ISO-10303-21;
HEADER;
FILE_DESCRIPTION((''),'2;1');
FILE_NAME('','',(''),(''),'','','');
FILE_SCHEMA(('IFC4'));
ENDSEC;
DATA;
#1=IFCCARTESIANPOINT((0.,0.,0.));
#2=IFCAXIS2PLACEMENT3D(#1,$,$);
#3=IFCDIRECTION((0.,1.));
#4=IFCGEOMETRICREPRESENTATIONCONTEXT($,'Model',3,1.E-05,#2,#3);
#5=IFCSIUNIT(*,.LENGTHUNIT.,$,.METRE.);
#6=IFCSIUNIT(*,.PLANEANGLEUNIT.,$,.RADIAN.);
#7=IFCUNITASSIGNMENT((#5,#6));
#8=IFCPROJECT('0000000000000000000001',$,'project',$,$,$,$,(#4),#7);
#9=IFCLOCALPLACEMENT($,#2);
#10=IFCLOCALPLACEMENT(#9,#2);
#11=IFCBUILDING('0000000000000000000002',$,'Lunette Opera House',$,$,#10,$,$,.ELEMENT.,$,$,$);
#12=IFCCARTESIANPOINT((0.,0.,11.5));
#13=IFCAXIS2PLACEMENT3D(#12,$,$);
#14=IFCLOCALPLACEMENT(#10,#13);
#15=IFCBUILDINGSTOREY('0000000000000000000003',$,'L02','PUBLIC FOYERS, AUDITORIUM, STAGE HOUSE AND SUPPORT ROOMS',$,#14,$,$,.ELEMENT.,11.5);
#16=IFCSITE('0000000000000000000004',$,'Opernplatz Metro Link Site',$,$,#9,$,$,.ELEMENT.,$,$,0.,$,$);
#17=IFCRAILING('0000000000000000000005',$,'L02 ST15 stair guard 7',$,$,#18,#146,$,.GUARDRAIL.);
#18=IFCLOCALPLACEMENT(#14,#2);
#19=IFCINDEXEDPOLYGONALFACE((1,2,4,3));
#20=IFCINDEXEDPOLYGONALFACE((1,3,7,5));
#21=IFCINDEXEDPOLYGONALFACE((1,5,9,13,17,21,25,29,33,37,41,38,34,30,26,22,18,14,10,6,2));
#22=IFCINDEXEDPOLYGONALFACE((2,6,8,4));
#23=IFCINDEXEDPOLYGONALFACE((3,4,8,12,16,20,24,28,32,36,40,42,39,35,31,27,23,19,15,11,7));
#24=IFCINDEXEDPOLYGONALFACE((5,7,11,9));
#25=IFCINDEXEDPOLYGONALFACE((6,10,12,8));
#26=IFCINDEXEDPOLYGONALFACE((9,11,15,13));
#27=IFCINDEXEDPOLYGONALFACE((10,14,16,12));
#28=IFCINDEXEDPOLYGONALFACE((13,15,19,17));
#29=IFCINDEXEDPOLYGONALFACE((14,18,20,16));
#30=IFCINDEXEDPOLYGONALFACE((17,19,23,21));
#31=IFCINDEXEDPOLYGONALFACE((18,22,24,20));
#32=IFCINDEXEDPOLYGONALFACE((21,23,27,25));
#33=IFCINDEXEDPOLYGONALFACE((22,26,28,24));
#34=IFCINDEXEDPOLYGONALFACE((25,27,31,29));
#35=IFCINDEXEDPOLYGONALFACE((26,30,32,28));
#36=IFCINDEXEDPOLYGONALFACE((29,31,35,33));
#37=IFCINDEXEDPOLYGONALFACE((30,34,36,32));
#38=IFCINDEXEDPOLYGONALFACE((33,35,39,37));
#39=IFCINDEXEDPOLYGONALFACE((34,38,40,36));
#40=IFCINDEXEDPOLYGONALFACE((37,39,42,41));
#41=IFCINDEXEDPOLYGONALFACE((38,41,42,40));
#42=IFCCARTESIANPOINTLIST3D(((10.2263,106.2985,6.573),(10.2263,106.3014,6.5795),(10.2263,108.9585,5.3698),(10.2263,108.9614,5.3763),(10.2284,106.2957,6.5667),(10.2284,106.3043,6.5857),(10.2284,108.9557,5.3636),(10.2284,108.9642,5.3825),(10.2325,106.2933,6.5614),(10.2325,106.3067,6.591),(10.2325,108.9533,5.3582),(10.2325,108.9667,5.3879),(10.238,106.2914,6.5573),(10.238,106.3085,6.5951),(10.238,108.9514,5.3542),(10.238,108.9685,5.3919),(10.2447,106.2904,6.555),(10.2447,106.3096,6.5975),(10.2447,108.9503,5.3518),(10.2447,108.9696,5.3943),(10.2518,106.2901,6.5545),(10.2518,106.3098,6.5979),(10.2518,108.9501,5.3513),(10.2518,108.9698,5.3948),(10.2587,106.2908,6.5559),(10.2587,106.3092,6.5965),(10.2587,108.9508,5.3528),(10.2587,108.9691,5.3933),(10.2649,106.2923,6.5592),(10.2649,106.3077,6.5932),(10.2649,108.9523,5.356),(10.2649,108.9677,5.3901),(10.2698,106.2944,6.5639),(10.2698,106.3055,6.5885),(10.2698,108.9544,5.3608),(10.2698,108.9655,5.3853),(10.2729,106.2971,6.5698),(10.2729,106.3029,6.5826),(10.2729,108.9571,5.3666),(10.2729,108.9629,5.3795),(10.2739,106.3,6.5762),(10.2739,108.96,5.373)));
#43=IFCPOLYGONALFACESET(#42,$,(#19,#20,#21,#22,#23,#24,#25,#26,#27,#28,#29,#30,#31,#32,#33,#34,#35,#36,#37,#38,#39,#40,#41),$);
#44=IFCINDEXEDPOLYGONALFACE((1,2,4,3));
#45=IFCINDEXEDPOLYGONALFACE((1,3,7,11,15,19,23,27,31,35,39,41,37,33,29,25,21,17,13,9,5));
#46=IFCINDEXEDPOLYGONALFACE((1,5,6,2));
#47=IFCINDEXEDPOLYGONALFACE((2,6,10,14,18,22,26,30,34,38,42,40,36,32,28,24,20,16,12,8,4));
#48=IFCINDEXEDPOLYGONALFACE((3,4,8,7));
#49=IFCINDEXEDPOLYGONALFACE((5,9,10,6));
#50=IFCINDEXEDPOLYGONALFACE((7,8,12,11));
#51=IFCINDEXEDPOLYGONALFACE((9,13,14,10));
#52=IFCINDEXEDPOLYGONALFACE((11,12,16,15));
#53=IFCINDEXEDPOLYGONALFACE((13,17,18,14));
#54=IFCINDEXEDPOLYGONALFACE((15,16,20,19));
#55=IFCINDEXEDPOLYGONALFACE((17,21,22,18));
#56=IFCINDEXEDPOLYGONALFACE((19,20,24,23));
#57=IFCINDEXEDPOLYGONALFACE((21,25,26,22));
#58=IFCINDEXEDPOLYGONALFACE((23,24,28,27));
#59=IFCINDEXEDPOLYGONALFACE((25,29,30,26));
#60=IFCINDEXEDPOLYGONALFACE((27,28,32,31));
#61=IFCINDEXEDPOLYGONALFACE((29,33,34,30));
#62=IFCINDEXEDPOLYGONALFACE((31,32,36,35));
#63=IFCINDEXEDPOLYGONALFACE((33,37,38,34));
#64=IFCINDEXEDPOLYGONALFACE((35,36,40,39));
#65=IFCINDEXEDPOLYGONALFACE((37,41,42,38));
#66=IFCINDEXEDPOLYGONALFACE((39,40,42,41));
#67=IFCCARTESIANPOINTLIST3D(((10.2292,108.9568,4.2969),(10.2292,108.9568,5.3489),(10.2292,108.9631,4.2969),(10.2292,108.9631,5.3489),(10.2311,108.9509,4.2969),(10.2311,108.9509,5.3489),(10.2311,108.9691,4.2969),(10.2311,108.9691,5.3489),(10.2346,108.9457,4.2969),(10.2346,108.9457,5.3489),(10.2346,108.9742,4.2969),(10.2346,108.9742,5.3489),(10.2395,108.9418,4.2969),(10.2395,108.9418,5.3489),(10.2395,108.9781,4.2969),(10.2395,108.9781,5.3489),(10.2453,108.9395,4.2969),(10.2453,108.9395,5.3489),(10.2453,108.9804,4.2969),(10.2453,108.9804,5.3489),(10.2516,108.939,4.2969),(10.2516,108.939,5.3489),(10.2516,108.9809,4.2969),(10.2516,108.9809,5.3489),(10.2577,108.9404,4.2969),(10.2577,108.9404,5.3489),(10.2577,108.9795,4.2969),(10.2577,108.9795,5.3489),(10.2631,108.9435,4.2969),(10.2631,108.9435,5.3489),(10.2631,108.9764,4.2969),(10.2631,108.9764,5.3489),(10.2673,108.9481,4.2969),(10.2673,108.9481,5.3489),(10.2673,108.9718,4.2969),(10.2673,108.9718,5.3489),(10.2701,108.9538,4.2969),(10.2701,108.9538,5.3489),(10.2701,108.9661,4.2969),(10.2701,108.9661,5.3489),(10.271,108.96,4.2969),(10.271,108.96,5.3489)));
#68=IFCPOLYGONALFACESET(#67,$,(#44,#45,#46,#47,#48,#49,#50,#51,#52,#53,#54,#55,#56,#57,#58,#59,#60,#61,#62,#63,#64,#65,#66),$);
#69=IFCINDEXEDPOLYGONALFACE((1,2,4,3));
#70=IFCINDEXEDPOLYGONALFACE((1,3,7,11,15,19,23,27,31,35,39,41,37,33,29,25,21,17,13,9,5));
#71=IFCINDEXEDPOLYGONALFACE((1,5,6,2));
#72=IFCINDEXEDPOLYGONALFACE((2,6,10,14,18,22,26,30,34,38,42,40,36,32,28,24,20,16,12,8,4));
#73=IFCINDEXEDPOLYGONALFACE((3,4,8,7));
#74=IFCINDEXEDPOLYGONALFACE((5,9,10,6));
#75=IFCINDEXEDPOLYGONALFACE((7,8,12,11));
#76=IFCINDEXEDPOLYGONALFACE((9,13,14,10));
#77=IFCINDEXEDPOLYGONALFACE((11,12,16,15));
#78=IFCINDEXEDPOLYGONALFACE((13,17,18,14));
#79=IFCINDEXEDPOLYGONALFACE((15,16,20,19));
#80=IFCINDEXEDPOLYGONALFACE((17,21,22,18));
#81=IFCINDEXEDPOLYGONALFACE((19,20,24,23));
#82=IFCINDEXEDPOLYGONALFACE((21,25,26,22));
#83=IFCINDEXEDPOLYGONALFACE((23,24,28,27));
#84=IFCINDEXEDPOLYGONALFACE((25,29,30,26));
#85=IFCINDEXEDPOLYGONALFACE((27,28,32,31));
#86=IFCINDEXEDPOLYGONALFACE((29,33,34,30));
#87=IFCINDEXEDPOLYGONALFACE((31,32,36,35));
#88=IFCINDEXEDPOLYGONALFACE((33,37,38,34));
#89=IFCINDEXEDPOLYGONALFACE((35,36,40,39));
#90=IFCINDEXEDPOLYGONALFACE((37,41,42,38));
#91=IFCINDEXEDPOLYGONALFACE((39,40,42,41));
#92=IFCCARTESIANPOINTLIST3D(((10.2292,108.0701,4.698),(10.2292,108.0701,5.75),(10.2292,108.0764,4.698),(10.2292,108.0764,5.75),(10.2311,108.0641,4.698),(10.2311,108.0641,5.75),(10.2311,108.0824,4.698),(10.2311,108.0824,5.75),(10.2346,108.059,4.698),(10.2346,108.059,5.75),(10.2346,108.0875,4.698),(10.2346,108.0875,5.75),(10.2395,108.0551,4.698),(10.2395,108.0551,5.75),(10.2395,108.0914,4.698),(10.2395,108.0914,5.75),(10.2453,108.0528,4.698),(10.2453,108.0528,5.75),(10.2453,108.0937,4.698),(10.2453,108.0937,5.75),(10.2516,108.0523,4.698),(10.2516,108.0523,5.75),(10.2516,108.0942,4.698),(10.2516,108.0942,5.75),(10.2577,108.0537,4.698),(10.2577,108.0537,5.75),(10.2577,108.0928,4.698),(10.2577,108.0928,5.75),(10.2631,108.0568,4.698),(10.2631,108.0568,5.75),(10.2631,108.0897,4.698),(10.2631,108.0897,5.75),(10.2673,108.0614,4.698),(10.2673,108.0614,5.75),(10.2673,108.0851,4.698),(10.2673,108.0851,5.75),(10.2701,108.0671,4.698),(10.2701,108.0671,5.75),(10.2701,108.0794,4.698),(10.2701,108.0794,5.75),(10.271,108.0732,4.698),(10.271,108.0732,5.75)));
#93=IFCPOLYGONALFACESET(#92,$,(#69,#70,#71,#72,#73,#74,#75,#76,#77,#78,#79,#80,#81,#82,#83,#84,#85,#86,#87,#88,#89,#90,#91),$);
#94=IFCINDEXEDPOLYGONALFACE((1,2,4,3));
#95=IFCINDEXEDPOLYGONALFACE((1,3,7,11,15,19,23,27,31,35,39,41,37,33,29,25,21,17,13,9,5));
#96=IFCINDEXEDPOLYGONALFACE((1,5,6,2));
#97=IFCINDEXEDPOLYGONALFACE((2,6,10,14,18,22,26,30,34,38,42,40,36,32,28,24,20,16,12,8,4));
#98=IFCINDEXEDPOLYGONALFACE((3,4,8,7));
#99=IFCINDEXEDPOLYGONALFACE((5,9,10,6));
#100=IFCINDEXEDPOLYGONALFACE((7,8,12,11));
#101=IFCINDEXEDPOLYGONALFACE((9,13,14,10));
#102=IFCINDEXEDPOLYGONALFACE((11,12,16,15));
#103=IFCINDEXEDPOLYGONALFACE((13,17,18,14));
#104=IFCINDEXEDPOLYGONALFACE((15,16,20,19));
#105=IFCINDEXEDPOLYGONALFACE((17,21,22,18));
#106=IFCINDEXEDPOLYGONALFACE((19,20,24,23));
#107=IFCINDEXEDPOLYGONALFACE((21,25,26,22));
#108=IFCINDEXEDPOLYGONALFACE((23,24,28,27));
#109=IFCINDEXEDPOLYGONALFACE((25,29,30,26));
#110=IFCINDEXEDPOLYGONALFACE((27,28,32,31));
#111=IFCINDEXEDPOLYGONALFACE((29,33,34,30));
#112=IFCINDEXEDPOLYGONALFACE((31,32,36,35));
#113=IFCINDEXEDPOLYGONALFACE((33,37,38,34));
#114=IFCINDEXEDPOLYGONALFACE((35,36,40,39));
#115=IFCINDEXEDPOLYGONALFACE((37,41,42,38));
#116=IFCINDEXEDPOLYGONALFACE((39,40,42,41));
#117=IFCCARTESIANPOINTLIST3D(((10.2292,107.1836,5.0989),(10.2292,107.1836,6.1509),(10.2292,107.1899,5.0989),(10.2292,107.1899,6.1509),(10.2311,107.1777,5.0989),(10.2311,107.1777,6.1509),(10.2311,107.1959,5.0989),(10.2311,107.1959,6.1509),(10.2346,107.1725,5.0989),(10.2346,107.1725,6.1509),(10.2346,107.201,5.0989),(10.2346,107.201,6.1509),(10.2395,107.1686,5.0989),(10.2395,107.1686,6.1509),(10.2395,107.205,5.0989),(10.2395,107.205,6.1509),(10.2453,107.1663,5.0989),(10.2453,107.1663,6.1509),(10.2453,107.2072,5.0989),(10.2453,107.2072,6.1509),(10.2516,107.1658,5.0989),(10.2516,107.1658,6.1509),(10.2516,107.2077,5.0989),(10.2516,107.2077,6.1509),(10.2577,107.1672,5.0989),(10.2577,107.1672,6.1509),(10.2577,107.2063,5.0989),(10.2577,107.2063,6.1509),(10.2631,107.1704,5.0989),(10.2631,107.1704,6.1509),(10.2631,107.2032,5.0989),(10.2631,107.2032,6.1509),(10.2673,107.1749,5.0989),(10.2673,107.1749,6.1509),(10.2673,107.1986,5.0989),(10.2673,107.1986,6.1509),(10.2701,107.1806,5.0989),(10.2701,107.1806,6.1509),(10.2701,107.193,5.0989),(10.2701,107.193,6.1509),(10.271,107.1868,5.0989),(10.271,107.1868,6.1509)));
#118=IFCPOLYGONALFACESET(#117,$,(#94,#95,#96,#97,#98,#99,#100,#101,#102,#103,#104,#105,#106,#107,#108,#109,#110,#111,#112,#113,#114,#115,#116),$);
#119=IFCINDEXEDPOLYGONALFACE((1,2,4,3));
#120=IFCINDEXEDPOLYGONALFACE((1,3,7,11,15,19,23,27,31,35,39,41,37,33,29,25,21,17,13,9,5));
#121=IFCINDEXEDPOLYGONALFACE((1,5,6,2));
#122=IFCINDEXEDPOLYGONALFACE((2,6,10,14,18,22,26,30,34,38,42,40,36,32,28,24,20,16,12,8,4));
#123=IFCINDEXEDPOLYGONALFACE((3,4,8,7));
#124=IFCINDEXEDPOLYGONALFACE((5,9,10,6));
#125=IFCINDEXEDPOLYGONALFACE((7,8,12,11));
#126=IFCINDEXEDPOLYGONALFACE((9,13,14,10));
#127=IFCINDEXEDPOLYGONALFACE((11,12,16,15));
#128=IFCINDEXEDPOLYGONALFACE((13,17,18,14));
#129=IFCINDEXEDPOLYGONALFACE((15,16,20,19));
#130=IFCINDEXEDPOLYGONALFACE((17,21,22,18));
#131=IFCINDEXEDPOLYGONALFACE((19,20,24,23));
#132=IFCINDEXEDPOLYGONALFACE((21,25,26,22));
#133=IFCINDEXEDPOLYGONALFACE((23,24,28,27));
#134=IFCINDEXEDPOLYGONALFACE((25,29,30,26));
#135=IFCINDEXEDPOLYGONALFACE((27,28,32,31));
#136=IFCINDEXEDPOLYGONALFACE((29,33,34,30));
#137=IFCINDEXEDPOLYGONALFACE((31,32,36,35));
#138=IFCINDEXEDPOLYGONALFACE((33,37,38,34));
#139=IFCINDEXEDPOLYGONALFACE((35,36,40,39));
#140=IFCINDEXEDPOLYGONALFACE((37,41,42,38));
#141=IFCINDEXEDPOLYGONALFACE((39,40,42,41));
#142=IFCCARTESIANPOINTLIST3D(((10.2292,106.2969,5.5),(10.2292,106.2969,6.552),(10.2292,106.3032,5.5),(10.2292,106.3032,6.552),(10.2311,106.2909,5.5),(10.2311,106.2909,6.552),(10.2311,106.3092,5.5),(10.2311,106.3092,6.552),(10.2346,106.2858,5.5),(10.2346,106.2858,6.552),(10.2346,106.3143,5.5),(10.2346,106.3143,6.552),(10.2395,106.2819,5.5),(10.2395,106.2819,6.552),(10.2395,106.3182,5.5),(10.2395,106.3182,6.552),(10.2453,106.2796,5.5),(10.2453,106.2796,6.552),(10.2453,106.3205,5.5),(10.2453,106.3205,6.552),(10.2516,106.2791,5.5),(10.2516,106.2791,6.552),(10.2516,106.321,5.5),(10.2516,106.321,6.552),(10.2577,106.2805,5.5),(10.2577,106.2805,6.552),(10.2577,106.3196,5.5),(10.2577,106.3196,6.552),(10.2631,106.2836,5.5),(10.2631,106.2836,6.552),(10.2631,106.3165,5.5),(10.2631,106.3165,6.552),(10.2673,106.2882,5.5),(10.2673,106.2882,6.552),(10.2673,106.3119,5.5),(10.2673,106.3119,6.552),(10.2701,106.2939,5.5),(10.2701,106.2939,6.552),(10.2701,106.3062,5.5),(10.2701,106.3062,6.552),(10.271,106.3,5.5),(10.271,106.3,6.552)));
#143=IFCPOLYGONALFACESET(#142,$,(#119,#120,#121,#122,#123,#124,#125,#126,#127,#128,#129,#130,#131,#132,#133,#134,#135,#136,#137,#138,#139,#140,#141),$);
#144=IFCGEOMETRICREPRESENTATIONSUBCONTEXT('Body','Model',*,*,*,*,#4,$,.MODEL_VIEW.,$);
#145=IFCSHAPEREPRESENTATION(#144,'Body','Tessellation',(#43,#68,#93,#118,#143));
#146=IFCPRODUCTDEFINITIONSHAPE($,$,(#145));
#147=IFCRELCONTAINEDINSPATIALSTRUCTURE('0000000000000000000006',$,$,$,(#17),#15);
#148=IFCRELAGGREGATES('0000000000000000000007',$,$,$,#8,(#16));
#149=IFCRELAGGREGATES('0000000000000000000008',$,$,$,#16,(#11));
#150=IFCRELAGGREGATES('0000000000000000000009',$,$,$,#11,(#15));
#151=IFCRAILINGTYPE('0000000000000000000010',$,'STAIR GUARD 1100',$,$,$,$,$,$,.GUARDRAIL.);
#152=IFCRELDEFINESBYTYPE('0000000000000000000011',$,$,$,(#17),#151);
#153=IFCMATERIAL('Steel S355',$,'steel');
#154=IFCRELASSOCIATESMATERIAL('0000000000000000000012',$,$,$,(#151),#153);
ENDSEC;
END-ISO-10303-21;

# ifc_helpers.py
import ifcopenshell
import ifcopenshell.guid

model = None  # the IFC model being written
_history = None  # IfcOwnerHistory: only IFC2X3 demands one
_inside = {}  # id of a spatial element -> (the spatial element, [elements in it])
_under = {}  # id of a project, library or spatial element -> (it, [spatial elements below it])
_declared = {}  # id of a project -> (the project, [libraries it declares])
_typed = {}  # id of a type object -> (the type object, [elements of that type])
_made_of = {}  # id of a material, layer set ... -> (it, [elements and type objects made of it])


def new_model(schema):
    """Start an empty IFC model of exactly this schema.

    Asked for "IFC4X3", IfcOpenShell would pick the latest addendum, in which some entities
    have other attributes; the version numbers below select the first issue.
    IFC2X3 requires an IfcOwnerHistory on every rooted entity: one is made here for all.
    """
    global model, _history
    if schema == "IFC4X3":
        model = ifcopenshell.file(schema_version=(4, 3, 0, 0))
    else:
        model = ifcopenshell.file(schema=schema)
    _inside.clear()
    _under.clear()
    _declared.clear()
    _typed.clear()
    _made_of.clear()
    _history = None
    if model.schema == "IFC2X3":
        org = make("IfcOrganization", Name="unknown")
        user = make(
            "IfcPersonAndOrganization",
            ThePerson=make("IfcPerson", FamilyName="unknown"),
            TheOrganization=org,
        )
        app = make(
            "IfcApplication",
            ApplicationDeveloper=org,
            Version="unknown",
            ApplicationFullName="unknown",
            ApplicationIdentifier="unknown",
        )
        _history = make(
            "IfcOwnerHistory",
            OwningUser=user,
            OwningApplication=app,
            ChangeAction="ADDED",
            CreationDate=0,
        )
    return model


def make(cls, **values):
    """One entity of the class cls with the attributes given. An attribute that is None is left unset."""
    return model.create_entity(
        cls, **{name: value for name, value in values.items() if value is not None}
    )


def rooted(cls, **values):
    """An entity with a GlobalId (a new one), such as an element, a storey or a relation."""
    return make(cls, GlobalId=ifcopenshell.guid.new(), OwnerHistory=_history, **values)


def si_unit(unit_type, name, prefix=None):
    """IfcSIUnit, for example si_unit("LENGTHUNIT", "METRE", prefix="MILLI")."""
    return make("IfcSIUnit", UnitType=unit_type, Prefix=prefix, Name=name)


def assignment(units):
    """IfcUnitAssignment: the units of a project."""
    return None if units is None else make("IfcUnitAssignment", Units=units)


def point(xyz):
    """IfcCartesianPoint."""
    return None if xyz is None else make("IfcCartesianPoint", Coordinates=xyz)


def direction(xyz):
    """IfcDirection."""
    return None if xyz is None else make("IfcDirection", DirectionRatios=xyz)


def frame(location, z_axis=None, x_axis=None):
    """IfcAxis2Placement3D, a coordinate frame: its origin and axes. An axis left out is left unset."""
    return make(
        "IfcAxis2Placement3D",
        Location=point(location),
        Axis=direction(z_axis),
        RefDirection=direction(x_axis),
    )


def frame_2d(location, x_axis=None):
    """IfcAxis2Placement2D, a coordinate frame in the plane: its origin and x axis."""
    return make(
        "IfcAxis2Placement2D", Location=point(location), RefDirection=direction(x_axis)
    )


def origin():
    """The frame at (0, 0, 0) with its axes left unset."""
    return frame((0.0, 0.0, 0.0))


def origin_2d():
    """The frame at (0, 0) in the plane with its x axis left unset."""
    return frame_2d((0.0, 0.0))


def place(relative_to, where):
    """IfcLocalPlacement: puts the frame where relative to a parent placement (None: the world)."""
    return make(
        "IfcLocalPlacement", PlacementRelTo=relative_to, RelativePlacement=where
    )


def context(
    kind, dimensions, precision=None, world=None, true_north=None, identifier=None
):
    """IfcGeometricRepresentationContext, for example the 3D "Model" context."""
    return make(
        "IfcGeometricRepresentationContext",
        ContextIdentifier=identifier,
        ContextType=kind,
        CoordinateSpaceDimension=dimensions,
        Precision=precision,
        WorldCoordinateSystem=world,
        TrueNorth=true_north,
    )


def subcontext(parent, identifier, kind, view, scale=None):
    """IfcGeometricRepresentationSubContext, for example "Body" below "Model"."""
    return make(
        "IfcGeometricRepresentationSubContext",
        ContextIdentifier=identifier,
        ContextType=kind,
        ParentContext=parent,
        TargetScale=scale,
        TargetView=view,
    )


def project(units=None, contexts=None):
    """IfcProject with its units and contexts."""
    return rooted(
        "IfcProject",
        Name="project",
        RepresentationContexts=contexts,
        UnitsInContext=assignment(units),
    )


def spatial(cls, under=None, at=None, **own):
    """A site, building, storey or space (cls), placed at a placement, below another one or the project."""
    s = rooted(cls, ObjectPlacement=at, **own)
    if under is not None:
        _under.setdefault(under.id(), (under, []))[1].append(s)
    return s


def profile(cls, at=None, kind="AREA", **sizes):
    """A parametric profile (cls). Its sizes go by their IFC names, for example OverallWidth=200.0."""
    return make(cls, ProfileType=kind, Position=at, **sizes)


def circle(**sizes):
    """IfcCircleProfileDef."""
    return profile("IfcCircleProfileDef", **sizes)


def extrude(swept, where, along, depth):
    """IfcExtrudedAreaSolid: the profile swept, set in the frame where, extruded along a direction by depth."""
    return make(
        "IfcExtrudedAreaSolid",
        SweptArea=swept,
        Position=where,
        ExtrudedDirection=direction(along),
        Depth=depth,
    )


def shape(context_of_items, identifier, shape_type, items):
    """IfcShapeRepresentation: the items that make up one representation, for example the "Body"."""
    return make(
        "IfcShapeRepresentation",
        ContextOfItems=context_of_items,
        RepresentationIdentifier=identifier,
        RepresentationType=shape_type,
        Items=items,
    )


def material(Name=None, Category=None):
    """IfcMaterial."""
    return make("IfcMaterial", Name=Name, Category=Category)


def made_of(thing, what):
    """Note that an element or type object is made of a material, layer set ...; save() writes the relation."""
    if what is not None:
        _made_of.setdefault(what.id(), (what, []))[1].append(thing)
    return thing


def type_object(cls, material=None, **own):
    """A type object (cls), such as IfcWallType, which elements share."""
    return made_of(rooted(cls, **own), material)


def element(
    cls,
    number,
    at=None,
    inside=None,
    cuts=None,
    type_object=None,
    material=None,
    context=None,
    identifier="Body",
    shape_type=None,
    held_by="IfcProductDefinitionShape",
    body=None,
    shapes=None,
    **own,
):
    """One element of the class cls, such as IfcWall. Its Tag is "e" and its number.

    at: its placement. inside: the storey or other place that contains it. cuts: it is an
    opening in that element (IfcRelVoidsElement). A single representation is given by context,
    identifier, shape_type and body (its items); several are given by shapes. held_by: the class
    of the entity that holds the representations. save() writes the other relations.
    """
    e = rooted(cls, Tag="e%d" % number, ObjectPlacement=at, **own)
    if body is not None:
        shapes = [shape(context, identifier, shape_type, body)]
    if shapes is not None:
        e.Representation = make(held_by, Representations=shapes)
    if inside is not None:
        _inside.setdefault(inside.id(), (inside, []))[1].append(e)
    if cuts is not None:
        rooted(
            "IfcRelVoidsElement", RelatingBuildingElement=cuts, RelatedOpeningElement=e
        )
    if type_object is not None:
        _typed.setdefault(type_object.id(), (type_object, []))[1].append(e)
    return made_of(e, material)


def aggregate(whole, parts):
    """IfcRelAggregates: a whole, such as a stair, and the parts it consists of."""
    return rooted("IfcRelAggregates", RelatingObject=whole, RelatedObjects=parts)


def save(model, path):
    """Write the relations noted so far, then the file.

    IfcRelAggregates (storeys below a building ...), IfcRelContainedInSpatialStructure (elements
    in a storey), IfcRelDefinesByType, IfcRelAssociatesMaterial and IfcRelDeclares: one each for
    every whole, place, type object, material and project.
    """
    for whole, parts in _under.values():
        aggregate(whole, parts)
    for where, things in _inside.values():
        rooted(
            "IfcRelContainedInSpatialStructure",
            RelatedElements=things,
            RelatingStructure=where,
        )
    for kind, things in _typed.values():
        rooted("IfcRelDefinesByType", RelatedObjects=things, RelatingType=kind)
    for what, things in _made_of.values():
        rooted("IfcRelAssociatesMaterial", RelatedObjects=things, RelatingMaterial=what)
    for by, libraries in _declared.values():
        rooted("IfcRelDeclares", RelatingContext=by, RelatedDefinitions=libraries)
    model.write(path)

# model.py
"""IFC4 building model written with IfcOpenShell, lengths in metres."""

from ifc_helpers import new_model, si_unit, direction, frame, origin, origin_2d, place, context, subcontext, project, spatial, circle, extrude, material, type_object, element, save


model = new_model("IFC4")

# Units and contexts
model_context = context("Model", 3, precision=1e-05, world=origin(), true_north=direction((0.0, 1.0)))
body_context = subcontext(model_context, "Body", "Model", "MODEL_VIEW")
ifc_project = project(units=[si_unit("LENGTHUNIT", "METRE"), si_unit("PLANEANGLEUNIT", "RADIAN")], contexts=[model_context])

# Site, building, storey
site_placement = place(None, origin())
site = spatial("IfcSite", under=ifc_project, at=site_placement, Name="Opernplatz Metro Link Site", CompositionType="ELEMENT", RefElevation=0.0)
building_placement = place(site_placement, origin())
building = spatial("IfcBuilding", under=site, at=building_placement, Name="Lunette Opera House", CompositionType="ELEMENT")
storey_placement = place(building_placement, frame((0.0, 0.0, 11.5)))
storey = spatial("IfcBuildingStorey", under=building, at=storey_placement, Name="L02", Description="PUBLIC FOYERS, AUDITORIUM, STAGE HOUSE AND SUPPORT ROOMS", CompositionType="ELEMENT", Elevation=11.5)

# Railing
ifc_material_1 = material(Name="Steel S355", Category="steel")
railing_type_1 = type_object("IfcRailingType", Name="STAIR GUARD 1100", PredefinedType="GUARDRAIL", material=ifc_material_1)
railing_1_placement = place(storey_placement, frame((10.25, 108.96, 4.2969)))
element("IfcRailing", 1, at=railing_1_placement, inside=storey, type_object=railing_type_1, Name="L02 ST15 stair guard 7", PredefinedType="GUARDRAIL", context=body_context, shape_type="SweptSolid", body=[
    extrude(circle(Radius=0.0239, at=origin_2d()), frame((0.0, 0.0, 1.0762), z_axis=(0.0, -0.91113, 0.41212), x_axis=(1.0, 0.0, 0.0)), (0.0, 0.0, 1.0), 2.9194),
    extrude(circle(Radius=0.021, at=origin_2d()), origin(), (0.0, 0.0, 1.0), 1.052),
    extrude(circle(Radius=0.021, at=origin_2d()), frame((0.0, -0.8867, 0.4011)), (0.0, 0.0, 1.0), 1.052),
    extrude(circle(Radius=0.021, at=origin_2d()), frame((0.0, -1.7732, 0.802)), (0.0, 0.0, 1.0), 1.052),
    extrude(circle(Radius=0.021, at=origin_2d()), frame((0.0, -2.6599, 1.2031)), (0.0, 0.0, 1.0), 1.052),
])

save(model, "model.ifc")
